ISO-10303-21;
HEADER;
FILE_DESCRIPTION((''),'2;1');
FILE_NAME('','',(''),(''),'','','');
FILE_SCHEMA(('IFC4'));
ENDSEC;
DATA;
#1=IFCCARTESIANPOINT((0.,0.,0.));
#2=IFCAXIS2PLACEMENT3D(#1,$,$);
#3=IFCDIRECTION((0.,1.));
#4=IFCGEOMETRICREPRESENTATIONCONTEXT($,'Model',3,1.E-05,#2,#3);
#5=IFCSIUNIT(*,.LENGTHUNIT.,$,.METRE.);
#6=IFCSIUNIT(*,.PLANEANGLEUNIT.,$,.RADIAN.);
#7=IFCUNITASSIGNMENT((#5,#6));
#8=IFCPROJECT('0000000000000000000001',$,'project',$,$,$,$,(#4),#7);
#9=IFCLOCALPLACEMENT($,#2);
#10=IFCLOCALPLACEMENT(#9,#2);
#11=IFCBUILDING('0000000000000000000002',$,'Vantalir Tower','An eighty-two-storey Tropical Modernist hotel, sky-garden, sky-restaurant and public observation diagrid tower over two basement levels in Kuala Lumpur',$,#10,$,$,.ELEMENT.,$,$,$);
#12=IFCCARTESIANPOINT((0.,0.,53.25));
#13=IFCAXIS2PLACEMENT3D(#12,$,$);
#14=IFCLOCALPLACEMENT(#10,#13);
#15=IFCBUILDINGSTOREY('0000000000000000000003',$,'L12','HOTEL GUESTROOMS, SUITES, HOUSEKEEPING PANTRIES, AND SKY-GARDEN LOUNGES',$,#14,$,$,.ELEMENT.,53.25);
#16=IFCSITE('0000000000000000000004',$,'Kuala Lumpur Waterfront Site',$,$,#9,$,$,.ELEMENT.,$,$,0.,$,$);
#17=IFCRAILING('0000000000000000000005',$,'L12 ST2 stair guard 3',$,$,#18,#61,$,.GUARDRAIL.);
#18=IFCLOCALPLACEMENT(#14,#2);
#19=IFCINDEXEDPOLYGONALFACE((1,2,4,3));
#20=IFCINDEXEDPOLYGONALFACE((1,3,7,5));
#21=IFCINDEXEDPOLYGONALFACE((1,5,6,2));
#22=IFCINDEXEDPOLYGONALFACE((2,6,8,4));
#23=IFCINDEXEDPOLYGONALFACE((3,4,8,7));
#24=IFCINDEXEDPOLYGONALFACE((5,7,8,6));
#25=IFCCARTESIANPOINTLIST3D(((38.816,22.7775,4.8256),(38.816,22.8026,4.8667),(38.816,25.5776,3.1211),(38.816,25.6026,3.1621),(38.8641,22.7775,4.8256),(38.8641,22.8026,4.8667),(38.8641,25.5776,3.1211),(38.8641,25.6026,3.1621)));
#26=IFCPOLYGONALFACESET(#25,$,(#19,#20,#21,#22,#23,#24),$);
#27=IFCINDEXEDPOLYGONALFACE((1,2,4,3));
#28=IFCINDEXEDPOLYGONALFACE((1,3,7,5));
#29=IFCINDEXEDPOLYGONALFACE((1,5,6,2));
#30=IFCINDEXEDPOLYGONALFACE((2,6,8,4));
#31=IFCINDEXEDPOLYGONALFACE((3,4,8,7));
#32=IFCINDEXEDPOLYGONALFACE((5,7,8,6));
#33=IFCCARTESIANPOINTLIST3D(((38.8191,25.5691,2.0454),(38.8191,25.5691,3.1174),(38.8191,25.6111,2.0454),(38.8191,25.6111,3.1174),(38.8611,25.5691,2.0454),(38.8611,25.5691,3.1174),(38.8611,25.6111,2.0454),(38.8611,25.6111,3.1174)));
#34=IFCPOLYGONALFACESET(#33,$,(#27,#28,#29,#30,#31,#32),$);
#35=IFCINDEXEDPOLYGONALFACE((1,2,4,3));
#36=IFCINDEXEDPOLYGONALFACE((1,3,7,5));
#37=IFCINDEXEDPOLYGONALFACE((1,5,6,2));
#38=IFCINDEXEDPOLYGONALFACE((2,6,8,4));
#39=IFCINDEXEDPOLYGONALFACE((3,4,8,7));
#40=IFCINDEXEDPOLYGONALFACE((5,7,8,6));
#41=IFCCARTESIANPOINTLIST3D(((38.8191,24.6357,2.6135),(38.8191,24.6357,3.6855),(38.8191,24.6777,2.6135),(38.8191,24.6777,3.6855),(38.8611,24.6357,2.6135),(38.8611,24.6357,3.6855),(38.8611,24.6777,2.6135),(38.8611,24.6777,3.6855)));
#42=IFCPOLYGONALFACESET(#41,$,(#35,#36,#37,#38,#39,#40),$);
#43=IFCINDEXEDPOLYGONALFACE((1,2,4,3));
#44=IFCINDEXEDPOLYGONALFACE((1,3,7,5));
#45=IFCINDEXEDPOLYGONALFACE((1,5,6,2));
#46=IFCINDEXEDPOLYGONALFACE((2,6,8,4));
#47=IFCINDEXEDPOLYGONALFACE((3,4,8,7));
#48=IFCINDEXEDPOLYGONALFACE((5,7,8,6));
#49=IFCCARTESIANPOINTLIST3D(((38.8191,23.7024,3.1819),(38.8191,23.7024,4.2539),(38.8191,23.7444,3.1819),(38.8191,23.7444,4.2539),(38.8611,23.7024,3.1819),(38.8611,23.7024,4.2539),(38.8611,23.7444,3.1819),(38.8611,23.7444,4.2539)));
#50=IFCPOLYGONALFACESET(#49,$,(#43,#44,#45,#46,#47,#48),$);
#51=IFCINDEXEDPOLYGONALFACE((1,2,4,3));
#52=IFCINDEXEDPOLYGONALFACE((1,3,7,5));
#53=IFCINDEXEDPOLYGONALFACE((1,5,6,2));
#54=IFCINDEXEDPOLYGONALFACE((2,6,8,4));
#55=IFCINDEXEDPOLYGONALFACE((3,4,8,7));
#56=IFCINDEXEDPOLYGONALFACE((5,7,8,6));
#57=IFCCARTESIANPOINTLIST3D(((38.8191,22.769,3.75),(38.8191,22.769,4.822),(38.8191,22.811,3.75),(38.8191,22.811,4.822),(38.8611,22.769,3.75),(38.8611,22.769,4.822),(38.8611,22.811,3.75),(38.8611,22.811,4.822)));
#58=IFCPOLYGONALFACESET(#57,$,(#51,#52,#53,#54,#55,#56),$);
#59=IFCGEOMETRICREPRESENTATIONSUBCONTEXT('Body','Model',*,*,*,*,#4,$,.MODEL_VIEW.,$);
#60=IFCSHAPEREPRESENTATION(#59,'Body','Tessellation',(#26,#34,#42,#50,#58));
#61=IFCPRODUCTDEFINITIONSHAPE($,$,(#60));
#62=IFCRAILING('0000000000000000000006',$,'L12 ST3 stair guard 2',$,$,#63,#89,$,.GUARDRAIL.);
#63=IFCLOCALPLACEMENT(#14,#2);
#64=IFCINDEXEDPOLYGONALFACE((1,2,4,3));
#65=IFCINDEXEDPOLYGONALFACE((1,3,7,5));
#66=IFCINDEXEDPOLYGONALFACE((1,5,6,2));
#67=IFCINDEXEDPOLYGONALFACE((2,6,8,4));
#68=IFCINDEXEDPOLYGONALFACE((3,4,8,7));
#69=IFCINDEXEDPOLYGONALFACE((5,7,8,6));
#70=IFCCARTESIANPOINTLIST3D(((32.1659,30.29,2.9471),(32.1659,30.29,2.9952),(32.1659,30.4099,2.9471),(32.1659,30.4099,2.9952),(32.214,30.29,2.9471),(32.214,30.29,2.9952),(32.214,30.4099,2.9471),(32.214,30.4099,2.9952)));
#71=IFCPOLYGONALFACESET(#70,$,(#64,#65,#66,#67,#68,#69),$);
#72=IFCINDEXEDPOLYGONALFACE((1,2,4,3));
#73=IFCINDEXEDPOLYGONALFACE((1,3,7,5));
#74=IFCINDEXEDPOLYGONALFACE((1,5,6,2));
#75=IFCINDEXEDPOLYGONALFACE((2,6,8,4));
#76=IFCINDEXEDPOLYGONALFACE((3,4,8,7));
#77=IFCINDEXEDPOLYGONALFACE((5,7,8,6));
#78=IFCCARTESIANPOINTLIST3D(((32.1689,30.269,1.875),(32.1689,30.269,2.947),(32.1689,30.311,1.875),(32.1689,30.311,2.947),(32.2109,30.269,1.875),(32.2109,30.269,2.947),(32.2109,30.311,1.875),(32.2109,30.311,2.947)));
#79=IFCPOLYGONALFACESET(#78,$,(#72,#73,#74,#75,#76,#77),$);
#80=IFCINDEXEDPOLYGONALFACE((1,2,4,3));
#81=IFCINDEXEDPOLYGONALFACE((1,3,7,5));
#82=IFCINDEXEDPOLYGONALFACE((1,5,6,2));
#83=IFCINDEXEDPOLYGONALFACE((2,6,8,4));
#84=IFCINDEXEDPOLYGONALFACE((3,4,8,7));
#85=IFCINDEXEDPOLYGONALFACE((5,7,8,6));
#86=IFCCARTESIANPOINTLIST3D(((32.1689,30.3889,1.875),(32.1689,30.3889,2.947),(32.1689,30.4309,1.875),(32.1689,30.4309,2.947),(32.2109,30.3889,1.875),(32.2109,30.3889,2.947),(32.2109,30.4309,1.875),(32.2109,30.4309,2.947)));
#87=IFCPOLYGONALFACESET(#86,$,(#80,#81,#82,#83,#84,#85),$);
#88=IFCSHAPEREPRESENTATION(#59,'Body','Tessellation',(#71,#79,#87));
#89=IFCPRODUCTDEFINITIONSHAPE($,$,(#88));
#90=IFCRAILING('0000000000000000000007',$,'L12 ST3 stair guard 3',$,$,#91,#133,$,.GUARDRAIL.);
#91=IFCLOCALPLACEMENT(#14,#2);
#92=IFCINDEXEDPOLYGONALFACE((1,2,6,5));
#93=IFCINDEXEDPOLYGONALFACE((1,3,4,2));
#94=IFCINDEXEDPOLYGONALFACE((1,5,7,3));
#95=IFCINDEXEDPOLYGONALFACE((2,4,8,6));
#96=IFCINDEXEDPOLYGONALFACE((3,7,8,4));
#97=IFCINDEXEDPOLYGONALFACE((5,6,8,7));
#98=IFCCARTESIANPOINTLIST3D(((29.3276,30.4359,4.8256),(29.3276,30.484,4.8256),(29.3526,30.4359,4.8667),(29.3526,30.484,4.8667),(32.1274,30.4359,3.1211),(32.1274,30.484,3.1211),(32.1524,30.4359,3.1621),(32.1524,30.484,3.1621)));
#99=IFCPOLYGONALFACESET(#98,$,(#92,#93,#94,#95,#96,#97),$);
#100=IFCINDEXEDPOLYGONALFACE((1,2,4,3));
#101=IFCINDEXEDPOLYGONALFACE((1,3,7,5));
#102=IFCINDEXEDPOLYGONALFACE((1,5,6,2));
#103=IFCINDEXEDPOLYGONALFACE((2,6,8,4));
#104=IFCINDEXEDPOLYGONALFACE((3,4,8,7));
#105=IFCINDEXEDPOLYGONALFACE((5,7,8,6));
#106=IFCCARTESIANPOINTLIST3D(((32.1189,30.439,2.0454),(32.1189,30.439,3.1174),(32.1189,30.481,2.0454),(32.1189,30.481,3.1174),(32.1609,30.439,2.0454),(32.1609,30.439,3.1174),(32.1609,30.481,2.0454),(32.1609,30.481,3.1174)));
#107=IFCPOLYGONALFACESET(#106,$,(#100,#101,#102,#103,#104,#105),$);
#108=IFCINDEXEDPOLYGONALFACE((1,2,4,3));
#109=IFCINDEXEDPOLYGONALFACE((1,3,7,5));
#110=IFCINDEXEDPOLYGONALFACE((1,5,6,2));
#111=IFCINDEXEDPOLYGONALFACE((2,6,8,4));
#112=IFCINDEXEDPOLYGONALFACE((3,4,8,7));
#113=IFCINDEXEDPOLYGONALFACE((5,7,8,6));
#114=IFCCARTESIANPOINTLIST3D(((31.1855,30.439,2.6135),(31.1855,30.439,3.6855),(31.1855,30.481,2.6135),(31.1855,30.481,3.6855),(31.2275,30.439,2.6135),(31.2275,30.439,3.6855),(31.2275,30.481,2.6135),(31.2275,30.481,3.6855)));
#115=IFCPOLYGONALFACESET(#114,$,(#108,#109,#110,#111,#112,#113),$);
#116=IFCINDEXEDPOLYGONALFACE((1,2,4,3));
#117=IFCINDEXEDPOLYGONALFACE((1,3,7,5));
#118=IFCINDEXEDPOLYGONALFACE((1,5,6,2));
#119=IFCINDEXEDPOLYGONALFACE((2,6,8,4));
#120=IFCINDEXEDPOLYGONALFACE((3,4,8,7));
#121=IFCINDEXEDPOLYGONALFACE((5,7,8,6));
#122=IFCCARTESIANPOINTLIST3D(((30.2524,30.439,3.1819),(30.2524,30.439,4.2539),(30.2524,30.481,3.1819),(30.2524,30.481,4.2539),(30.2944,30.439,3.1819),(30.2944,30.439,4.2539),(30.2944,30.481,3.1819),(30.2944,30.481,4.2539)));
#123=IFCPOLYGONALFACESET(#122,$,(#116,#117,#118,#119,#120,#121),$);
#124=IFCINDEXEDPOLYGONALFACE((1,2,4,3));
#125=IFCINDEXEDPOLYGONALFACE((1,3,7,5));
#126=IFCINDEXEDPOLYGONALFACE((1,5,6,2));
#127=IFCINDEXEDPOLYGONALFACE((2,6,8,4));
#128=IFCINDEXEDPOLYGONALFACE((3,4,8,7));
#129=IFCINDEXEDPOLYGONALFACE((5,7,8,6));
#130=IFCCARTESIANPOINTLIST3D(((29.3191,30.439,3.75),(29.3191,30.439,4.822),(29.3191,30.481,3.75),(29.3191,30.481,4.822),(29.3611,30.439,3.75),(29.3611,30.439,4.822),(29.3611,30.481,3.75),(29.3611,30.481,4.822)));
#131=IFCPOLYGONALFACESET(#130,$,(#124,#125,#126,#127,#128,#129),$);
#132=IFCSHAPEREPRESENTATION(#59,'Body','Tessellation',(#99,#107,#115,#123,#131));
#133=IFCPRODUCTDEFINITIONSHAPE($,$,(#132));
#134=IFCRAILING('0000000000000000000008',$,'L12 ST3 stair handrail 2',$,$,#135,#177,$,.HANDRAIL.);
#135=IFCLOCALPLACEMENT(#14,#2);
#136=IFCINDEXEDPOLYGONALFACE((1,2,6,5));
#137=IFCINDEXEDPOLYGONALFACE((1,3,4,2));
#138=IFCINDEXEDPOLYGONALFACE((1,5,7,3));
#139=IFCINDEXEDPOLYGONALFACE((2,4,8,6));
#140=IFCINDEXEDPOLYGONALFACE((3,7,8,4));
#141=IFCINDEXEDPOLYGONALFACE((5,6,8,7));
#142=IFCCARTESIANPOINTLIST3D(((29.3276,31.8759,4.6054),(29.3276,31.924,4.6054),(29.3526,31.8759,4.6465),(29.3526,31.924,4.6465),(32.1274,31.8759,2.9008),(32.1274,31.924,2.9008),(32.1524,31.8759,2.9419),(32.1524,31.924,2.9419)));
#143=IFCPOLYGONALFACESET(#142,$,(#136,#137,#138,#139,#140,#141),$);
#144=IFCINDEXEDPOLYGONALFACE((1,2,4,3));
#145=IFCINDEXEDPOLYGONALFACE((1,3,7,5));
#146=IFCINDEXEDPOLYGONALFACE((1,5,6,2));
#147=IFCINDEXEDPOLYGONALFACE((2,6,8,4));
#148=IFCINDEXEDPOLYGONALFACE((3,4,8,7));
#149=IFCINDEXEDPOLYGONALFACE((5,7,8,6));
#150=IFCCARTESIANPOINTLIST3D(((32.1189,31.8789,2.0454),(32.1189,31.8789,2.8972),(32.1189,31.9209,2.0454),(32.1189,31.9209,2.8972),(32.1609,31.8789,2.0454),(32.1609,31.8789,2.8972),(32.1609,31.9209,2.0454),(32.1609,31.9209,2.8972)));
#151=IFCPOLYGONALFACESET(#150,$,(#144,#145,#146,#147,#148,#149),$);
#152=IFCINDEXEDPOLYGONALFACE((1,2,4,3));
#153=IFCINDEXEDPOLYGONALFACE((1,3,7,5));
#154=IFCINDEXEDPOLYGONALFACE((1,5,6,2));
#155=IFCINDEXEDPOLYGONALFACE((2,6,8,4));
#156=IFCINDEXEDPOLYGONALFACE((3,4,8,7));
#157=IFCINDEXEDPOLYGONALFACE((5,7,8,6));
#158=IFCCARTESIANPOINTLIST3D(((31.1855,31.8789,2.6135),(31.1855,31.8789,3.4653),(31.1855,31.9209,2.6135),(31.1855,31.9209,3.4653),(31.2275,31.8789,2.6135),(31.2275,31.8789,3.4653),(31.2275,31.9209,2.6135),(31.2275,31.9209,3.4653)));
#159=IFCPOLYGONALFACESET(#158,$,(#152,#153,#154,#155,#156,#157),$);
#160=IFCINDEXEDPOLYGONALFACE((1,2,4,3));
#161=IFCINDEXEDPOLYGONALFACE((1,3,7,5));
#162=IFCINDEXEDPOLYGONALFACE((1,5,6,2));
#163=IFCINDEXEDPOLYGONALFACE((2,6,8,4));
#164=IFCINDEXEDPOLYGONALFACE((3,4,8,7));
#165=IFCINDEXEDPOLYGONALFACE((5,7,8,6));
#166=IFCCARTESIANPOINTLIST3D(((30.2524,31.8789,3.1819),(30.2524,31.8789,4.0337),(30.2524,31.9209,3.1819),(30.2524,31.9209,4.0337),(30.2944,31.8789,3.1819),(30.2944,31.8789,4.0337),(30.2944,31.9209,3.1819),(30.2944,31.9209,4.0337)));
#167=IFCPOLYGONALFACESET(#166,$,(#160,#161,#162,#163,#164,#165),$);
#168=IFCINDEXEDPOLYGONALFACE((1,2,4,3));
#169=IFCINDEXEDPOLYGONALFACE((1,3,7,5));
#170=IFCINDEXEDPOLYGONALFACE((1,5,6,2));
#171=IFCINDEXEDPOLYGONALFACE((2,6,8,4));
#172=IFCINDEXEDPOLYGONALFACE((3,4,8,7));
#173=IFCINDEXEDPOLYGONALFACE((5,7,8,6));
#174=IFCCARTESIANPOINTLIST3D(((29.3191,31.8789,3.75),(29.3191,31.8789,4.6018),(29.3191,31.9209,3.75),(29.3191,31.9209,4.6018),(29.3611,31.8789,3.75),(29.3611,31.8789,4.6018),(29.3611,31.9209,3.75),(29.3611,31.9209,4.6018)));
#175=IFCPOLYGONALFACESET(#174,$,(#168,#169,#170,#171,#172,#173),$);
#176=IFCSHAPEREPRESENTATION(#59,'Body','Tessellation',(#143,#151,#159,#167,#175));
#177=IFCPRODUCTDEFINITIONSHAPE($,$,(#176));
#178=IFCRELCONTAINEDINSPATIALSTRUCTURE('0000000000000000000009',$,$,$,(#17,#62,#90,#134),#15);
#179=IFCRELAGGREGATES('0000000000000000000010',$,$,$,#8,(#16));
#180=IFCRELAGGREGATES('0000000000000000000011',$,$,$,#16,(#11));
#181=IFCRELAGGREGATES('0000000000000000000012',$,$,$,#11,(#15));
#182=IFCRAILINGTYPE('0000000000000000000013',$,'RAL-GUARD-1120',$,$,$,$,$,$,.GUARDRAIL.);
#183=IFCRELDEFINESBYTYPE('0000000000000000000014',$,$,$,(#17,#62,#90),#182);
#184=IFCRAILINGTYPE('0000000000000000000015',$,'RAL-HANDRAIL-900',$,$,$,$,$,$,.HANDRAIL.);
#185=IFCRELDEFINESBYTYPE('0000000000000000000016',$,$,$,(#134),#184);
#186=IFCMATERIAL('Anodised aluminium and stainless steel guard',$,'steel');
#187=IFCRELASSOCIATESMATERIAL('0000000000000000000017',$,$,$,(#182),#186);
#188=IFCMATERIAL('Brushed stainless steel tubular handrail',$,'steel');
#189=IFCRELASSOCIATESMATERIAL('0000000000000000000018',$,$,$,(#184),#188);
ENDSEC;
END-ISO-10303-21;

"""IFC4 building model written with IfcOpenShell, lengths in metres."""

from ifc_helpers import new_model, si_unit, direction, frame, origin, origin_2d, place, context, subcontext, project, spatial, rectangle, extrude, material, type_object, element, save


model = new_model("IFC4")

# Units and contexts
model_context = context("Model", 3, precision=1e-05, world=origin(), true_north=direction((0.0, 1.0)))
body_context = subcontext(model_context, "Body", "Model", "MODEL_VIEW")
ifc_project = project(units=[si_unit("LENGTHUNIT", "METRE"), si_unit("PLANEANGLEUNIT", "RADIAN")], contexts=[model_context])

# Site, building, storey
site_placement = place(None, origin())
site = spatial("IfcSite", under=ifc_project, at=site_placement, Name="Kuala Lumpur Waterfront Site", CompositionType="ELEMENT", RefElevation=0.0)
building_placement = place(site_placement, origin())
building = spatial("IfcBuilding", under=site, at=building_placement, Name="Vantalir Tower", Description="An eighty-two-storey Tropical Modernist hotel, sky-garden, sky-restaurant and public observation diagrid tower over two basement levels in Kuala Lumpur", CompositionType="ELEMENT")
storey_placement = place(building_placement, frame((0.0, 0.0, 53.25)))
storey = spatial("IfcBuildingStorey", under=building, at=storey_placement, Name="L12", Description="HOTEL GUESTROOMS, SUITES, HOUSEKEEPING PANTRIES, AND SKY-GARDEN LOUNGES", CompositionType="ELEMENT", Elevation=53.25)

# Railings
ifc_material_1 = material(Name="Anodised aluminium and stainless steel guard", Category="steel")
railing_type_1 = type_object("IfcRailingType", Name="RAL-GUARD-1120", PredefinedType="GUARDRAIL", material=ifc_material_1)
railing_1_placement = place(storey_placement, frame((38.8401, 25.5901, 2.0454)))
element("IfcRailing", 1, at=railing_1_placement, inside=storey, type_object=railing_type_1, Name="L12 ST2 stair guard 3", PredefinedType="GUARDRAIL", context=body_context, shape_type="SweptSolid", body=[
    extrude(rectangle(XDim=0.0481, YDim=0.0481, at=origin_2d()), frame((0.0, 0.0, 1.0962), z_axis=(0.0, -0.85417, 0.519994), x_axis=(1.0, 0.0, 0.0)), (0.0, 0.0, 1.0), 3.2781),
    extrude(rectangle(XDim=0.042, YDim=0.042, at=origin_2d()), origin(), (0.0, 0.0, 1.0), 1.072),
    extrude(rectangle(XDim=0.042, YDim=0.042, at=origin_2d()), frame((0.0, -0.9333, 0.5681)), (0.0, 0.0, 1.0), 1.072),
    extrude(rectangle(XDim=0.042, YDim=0.042, at=origin_2d()), frame((0.0, -1.8667, 1.1365)), (0.0, 0.0, 1.0), 1.072),
    extrude(rectangle(XDim=0.042, YDim=0.042, at=origin_2d()), frame((0.0, -2.8, 1.7046)), (0.0, 0.0, 1.0), 1.072),
])
railing_2_placement = place(storey_placement, frame((32.1899, 30.29, 1.875)))
element("IfcRailing", 2, at=railing_2_placement, inside=storey, type_object=railing_type_1, Name="L12 ST3 stair guard 2", PredefinedType="GUARDRAIL", context=body_context, shape_type="SweptSolid", body=[
    extrude(rectangle(XDim=0.0481, YDim=0.0481, at=origin_2d()), frame((0.0, 0.0, 1.0962), z_axis=(0.0, 1.0, 0.0), x_axis=(-1.0, 0.0, 0.0)), (0.0, 0.0, 1.0), 0.1199),
    extrude(rectangle(XDim=0.042, YDim=0.042, at=origin_2d()), origin(), (0.0, 0.0, 1.0), 1.072),
    extrude(rectangle(XDim=0.042, YDim=0.042, at=origin_2d()), frame((0.0, 0.1199, 0.0)), (0.0, 0.0, 1.0), 1.072),
])
railing_3_placement = place(storey_placement, frame((32.1399, 30.46, 2.0454)))
element("IfcRailing", 3, at=railing_3_placement, inside=storey, type_object=railing_type_1, Name="L12 ST3 stair guard 3", PredefinedType="GUARDRAIL", context=body_context, shape_type="SweptSolid", body=[
    extrude(rectangle(XDim=0.0481, YDim=0.0481, at=origin_2d()), frame((0.0, 0.0, 1.0962), z_axis=(-0.85415, 0.0, 0.520027), x_axis=(0.0, -1.0, 0.0)), (0.0, 0.0, 1.0), 3.2778),
    extrude(rectangle(XDim=0.042, YDim=0.042, at=origin_2d()), origin(), (0.0, 0.0, 1.0), 1.072),
    extrude(rectangle(XDim=0.042, YDim=0.042, at=origin_2d()), frame((-0.9333, 0.0, 0.5681)), (0.0, 0.0, 1.0), 1.072),
    extrude(rectangle(XDim=0.042, YDim=0.042, at=origin_2d()), frame((-1.8665, 0.0, 1.1365)), (0.0, 0.0, 1.0), 1.072),
    extrude(rectangle(XDim=0.042, YDim=0.042, at=origin_2d()), frame((-2.7998, 0.0, 1.7046)), (0.0, 0.0, 1.0), 1.072),
])
ifc_material_2 = material(Name="Brushed stainless steel tubular handrail", Category="steel")
railing_type_2 = type_object("IfcRailingType", Name="RAL-HANDRAIL-900", PredefinedType="HANDRAIL", material=ifc_material_2)
railing_4_placement = place(storey_placement, frame((32.1399, 31.8999, 2.0454)))
element("IfcRailing", 4, at=railing_4_placement, inside=storey, type_object=railing_type_2, Name="L12 ST3 stair handrail 2", PredefinedType="HANDRAIL", context=body_context, shape_type="SweptSolid", body=[
    extrude(rectangle(XDim=0.0481, YDim=0.0481, at=origin_2d()), frame((0.0, 0.0, 0.876), z_axis=(-0.85415, 0.0, 0.520027), x_axis=(0.0, -1.0, 0.0)), (0.0, 0.0, 1.0), 3.2778),
    extrude(rectangle(XDim=0.042, YDim=0.042, at=origin_2d()), origin(), (0.0, 0.0, 1.0), 0.8518),
    extrude(rectangle(XDim=0.042, YDim=0.042, at=origin_2d()), frame((-0.9333, 0.0, 0.5681)), (0.0, 0.0, 1.0), 0.8518),
    extrude(rectangle(XDim=0.042, YDim=0.042, at=origin_2d()), frame((-1.8665, 0.0, 1.1365)), (0.0, 0.0, 1.0), 0.8518),
    extrude(rectangle(XDim=0.042, YDim=0.042, at=origin_2d()), frame((-2.7998, 0.0, 1.7046)), (0.0, 0.0, 1.0), 0.8518),
])

save(model, "model.ifc")
